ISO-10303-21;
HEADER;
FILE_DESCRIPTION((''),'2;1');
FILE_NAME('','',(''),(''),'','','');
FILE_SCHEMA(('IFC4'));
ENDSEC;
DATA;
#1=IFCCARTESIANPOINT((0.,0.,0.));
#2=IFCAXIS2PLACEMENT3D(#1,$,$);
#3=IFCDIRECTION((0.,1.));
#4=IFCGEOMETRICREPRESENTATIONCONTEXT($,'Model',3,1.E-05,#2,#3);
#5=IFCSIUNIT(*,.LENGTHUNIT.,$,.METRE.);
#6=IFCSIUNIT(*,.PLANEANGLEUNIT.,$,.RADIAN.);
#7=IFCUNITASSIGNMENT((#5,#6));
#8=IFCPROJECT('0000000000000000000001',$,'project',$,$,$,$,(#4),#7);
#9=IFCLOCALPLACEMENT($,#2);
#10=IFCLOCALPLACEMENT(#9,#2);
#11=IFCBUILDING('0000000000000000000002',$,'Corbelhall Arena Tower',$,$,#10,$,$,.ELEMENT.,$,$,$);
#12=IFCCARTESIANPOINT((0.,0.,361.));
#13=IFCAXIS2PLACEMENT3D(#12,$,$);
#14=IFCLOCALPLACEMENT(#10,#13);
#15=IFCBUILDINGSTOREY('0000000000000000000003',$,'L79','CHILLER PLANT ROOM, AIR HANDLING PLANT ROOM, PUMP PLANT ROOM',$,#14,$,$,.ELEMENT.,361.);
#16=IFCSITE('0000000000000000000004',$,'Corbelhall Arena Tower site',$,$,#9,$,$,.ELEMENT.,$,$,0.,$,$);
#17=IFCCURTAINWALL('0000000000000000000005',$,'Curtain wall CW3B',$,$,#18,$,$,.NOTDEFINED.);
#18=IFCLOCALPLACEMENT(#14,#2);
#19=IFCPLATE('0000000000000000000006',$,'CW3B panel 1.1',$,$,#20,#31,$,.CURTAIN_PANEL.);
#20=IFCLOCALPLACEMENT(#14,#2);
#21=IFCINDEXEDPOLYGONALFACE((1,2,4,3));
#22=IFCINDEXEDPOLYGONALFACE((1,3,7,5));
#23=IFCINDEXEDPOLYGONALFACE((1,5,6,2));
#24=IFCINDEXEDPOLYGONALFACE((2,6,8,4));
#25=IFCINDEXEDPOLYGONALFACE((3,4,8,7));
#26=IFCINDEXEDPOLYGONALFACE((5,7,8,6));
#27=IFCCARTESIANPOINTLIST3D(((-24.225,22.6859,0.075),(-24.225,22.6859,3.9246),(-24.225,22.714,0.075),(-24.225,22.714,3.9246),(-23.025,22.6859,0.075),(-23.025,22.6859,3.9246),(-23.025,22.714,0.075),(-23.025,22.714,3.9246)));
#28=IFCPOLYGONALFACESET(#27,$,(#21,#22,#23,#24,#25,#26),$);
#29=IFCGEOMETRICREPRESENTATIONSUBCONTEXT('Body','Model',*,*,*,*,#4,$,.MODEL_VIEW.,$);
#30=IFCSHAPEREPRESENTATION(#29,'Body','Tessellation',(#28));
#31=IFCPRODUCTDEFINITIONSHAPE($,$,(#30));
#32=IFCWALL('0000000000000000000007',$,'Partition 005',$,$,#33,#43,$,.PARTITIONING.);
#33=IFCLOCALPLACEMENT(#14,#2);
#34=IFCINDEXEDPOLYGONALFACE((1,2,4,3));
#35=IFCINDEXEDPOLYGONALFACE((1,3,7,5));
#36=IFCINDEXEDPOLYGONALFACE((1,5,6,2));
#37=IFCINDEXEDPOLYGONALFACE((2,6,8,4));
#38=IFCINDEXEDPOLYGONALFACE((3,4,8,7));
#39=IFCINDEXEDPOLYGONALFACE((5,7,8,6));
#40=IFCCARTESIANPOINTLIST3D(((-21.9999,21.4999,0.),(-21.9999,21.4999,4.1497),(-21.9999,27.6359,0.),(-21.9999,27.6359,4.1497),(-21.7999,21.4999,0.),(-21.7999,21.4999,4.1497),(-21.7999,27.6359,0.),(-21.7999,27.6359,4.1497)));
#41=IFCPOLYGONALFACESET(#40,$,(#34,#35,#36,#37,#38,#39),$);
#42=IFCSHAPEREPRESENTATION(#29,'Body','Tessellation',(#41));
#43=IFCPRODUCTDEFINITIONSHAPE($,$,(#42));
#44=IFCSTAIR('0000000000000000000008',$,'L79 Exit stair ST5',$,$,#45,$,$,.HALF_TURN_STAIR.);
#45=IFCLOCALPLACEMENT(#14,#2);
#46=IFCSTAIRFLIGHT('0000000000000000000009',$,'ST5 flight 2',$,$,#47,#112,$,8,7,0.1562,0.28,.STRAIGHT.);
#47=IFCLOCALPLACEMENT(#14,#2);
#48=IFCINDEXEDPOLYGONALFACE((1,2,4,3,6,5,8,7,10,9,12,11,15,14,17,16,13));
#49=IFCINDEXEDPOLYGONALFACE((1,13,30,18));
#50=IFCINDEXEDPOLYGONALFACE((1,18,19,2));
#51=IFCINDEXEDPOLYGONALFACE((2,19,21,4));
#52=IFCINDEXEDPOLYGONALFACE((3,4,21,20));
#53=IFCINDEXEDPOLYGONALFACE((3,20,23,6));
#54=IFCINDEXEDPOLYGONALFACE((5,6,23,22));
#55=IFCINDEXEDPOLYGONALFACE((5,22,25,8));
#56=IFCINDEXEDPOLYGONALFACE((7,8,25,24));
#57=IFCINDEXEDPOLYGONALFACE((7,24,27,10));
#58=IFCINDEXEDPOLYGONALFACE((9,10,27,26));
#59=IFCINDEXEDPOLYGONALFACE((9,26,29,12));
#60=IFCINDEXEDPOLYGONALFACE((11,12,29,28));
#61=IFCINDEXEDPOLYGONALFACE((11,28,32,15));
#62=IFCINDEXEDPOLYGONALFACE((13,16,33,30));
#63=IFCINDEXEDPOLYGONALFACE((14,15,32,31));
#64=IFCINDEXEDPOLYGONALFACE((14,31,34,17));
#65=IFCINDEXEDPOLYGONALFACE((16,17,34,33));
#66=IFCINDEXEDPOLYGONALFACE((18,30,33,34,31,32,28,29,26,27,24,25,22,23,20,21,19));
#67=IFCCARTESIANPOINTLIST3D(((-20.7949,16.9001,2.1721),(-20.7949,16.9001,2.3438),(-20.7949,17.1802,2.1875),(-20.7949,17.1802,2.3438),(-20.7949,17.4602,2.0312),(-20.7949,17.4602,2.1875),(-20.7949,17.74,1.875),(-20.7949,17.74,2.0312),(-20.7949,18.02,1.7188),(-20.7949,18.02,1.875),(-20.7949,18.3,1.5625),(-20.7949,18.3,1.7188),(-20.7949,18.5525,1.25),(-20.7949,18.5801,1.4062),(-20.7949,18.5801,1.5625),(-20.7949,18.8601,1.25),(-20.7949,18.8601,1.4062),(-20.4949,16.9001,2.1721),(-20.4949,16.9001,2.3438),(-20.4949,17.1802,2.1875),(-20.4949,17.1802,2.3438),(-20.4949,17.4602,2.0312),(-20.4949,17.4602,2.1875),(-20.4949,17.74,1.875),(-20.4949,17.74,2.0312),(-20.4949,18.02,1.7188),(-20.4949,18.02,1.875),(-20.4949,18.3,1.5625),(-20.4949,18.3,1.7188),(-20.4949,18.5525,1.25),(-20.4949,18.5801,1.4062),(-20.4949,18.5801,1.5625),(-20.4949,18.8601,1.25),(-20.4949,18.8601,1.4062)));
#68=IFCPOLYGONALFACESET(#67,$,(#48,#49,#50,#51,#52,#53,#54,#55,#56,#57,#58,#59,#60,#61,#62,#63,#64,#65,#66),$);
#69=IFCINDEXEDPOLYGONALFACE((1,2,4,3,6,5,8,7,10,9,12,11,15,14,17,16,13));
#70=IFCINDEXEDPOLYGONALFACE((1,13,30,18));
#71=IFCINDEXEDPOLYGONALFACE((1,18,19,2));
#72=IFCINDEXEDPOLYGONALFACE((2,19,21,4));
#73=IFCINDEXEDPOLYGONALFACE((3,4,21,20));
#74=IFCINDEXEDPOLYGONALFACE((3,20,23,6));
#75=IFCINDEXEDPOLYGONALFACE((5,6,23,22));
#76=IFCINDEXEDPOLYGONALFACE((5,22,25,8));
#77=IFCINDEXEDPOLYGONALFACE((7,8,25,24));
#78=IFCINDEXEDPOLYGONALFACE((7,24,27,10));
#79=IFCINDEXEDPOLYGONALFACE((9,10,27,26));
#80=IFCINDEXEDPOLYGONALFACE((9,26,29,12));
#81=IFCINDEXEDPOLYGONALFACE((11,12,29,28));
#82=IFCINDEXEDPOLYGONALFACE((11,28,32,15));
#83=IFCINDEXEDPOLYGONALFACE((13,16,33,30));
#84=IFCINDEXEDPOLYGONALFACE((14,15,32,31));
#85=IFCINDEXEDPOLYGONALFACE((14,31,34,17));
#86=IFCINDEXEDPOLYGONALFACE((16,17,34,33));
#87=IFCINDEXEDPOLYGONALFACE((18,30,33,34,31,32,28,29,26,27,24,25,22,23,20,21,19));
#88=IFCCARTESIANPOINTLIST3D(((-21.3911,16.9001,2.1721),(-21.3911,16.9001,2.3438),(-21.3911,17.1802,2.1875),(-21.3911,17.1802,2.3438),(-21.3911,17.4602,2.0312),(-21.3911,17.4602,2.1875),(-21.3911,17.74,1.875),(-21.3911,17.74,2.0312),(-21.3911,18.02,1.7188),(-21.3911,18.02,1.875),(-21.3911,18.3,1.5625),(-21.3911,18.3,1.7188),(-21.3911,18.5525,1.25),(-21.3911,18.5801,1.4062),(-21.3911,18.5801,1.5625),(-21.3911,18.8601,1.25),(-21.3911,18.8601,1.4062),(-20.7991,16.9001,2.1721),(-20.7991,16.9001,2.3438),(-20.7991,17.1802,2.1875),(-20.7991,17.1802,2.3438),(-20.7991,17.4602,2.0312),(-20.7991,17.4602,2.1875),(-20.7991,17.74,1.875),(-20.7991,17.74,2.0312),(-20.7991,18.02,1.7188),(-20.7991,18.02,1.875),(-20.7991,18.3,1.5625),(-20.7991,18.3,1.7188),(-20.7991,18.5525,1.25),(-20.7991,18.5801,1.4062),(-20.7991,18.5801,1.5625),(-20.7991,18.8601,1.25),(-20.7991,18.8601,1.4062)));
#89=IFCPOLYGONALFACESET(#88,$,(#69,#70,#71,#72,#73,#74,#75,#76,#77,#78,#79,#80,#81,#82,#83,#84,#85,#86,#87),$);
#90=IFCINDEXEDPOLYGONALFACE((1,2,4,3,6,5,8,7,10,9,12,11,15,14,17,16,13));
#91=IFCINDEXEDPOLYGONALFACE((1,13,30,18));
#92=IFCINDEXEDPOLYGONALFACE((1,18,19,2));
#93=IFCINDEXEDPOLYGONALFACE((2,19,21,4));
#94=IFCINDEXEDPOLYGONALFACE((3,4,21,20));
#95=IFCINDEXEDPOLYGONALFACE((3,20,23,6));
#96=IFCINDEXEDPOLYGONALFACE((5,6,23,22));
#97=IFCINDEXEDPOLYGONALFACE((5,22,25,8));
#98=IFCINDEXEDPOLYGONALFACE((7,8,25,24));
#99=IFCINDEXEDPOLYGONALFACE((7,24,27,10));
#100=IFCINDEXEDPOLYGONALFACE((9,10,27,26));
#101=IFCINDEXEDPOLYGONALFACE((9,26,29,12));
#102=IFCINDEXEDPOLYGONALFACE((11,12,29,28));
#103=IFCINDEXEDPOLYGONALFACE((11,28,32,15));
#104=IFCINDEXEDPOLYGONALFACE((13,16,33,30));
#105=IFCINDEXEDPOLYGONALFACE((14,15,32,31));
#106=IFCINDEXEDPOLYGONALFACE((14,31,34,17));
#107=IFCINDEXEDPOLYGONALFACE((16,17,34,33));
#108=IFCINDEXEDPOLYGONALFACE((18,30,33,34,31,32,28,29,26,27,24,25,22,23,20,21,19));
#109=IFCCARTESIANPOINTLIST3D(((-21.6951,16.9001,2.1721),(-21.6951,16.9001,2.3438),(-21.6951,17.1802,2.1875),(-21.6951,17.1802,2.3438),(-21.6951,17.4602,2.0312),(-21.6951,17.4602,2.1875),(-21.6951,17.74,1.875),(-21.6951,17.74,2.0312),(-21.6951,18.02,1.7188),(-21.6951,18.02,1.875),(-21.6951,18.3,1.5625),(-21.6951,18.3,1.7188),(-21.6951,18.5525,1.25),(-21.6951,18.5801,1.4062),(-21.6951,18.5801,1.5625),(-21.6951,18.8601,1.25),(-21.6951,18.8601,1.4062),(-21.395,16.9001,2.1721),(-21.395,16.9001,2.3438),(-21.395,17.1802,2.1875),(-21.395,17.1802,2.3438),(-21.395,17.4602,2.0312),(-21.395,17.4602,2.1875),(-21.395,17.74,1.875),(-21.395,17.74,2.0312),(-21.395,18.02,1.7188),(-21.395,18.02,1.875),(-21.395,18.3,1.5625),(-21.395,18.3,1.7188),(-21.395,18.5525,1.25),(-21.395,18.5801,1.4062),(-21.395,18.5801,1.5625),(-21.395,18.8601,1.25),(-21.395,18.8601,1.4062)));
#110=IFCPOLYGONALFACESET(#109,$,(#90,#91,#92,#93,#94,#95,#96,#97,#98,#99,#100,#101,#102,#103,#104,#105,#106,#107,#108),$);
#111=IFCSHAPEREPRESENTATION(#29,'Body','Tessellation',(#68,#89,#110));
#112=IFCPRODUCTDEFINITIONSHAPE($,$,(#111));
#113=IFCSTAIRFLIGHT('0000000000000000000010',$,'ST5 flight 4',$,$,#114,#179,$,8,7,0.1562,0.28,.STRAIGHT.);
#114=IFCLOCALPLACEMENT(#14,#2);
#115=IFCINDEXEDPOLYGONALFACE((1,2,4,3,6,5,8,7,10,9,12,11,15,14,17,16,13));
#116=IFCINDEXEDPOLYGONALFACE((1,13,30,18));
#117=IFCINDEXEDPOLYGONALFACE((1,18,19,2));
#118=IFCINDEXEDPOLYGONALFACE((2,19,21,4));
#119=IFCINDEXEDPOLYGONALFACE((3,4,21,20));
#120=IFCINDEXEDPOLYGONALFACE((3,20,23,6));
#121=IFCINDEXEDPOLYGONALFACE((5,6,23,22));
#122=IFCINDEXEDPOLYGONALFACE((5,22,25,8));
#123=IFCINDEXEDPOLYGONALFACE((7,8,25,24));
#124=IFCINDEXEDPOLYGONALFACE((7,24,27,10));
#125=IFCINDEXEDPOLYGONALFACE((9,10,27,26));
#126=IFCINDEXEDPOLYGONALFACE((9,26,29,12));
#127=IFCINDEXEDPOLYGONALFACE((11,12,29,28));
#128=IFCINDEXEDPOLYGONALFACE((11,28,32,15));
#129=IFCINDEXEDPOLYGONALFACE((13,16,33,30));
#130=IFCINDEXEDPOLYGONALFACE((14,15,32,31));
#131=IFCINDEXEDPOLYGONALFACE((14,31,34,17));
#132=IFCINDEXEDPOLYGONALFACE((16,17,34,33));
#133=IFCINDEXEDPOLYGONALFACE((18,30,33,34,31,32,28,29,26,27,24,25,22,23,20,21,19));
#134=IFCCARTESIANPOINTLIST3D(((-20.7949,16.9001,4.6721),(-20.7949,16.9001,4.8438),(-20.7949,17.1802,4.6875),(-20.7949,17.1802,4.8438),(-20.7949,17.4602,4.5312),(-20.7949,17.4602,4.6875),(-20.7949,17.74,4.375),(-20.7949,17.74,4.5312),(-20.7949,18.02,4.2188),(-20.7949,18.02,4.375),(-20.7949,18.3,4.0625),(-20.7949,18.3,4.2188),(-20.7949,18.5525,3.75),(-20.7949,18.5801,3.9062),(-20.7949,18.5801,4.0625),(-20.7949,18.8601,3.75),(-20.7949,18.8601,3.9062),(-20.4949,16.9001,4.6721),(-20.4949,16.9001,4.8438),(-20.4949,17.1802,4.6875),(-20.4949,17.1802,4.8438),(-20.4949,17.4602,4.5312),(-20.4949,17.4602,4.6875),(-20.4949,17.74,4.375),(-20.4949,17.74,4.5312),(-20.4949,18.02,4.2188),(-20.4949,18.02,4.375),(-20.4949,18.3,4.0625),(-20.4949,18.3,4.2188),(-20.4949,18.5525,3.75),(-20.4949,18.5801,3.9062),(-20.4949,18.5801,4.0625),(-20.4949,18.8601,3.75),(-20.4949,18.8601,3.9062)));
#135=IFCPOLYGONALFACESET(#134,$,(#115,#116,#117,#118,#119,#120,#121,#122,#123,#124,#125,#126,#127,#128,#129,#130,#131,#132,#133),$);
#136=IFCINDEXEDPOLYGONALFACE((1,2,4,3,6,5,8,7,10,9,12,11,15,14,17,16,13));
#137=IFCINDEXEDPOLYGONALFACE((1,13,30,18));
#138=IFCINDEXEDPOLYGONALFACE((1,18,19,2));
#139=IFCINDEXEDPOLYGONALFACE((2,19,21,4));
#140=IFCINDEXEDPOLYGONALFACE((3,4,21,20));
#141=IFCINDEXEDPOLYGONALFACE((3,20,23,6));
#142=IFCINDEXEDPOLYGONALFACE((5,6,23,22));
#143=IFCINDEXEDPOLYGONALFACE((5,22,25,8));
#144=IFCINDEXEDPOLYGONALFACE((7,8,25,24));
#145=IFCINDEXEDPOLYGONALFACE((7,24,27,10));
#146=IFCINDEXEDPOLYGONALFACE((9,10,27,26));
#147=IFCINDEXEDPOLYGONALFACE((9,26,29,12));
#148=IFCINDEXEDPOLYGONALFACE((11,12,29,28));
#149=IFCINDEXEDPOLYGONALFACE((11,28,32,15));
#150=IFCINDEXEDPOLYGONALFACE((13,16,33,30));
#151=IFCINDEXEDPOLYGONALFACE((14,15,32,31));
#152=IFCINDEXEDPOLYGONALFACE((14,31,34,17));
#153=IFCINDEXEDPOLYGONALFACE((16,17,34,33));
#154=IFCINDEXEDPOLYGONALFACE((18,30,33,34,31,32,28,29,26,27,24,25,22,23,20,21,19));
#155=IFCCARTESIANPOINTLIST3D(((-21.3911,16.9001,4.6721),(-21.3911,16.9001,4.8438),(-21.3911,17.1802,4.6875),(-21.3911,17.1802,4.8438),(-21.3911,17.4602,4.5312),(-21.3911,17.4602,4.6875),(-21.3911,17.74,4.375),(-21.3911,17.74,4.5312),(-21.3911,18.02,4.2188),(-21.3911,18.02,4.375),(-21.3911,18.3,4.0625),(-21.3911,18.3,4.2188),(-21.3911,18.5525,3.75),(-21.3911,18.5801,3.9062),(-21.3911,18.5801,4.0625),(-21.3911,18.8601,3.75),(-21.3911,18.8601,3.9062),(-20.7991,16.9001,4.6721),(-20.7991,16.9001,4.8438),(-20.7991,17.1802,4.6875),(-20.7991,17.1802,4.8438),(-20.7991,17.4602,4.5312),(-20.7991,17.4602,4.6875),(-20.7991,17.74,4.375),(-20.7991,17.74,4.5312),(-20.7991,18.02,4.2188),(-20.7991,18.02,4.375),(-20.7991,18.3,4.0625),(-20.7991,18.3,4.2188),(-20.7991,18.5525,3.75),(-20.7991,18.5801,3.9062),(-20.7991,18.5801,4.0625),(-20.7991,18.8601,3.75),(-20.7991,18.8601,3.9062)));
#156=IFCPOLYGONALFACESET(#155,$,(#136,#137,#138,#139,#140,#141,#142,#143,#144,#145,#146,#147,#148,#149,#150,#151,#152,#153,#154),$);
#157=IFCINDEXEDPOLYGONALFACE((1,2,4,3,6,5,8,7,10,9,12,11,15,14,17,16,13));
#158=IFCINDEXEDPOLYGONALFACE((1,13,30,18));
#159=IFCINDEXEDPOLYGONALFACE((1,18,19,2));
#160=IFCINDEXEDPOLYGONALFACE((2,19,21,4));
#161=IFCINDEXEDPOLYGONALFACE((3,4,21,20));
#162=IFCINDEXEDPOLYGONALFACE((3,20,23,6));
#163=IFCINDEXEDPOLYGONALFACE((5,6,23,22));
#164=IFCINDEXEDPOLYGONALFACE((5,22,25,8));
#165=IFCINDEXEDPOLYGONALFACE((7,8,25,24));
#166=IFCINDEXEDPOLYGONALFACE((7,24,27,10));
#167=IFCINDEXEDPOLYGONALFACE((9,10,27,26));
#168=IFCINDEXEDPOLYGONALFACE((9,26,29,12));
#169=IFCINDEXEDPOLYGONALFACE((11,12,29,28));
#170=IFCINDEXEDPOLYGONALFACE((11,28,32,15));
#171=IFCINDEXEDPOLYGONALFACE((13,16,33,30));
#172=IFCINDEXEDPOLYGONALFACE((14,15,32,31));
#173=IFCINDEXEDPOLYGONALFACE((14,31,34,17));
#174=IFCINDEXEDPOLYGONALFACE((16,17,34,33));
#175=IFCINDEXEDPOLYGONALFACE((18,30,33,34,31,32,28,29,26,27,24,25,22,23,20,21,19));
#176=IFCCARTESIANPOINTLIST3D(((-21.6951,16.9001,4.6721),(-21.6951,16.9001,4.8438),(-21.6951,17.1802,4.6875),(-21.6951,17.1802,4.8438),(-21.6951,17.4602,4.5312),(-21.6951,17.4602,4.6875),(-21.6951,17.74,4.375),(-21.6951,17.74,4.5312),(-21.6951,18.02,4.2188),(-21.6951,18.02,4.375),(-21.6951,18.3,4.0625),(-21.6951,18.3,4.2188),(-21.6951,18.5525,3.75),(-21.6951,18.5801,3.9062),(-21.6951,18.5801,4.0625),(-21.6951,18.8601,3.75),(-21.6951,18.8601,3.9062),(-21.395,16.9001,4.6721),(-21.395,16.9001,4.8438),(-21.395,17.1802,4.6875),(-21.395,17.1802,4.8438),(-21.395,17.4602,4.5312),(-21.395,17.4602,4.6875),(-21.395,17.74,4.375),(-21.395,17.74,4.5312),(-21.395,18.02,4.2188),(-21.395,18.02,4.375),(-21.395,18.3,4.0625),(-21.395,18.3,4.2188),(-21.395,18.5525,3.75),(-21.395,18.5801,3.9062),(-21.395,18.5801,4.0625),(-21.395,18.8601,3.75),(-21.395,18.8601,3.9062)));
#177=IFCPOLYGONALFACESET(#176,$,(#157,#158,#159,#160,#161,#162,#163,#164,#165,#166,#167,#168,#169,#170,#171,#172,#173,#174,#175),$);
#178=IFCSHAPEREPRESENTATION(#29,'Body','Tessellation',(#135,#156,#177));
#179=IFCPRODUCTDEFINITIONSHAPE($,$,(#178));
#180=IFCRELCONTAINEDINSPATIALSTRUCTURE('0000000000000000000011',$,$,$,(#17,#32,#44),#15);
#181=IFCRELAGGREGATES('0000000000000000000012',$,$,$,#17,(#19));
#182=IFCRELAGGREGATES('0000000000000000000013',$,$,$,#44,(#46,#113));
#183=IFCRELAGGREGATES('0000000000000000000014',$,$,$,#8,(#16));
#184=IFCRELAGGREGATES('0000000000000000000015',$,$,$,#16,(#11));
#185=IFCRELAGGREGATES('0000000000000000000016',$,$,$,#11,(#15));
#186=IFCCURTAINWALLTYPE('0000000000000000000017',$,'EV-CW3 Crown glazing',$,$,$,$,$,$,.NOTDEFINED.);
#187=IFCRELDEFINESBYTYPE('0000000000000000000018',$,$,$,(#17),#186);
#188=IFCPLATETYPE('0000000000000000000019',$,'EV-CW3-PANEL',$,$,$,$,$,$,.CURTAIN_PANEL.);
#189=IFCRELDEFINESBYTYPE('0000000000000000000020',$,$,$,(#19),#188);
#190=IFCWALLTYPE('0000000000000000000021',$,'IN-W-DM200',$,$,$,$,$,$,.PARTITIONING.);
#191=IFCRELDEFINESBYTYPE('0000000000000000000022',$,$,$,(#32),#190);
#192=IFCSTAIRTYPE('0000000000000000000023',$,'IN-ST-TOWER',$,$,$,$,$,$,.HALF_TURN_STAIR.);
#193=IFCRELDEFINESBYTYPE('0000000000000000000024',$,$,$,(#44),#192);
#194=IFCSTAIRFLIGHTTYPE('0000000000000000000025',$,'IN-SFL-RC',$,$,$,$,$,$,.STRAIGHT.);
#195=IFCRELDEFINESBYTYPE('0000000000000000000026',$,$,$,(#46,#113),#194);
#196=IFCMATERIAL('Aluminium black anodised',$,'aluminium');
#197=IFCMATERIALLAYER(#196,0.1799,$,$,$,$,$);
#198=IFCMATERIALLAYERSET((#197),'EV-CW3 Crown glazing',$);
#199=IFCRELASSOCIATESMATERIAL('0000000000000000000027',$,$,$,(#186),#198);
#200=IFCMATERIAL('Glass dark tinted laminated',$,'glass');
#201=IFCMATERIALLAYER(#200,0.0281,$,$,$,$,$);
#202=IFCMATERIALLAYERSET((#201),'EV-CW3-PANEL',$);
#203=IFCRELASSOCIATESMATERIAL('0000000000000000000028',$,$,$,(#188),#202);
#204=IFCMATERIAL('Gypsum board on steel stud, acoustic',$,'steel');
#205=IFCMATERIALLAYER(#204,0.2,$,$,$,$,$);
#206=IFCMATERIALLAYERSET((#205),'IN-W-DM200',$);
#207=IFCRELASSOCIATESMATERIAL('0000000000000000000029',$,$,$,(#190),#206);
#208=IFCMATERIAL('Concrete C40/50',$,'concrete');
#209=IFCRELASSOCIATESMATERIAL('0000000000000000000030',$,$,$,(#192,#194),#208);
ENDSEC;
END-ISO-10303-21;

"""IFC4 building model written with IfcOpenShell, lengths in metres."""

from ifc_helpers import new_model, si_unit, direction, frame, frame_2d, origin, origin_2d, place, context, subcontext, project, spatial, polyline, rectangle, outline, extrude, material, layer, layer_set, type_object, element, aggregate, save


model = new_model("IFC4")

# Units and contexts
model_context = context("Model", 3, precision=1e-05, world=origin(), true_north=direction((0.0, 1.0)))
body_context = subcontext(model_context, "Body", "Model", "MODEL_VIEW")
ifc_project = project(units=[si_unit("LENGTHUNIT", "METRE"), si_unit("PLANEANGLEUNIT", "RADIAN")], contexts=[model_context])

# Site, building, storey
site_placement = place(None, origin())
site = spatial("IfcSite", under=ifc_project, at=site_placement, Name="Corbelhall Arena Tower site", CompositionType="ELEMENT", RefElevation=0.0)
building_placement = place(site_placement, origin())
building = spatial("IfcBuilding", under=site, at=building_placement, Name="Corbelhall Arena Tower", CompositionType="ELEMENT")
storey_placement = place(building_placement, frame((0.0, 0.0, 361.0)))
storey = spatial("IfcBuildingStorey", under=building, at=storey_placement, Name="L79", Description="CHILLER PLANT ROOM, AIR HANDLING PLANT ROOM, PUMP PLANT ROOM", CompositionType="ELEMENT", Elevation=361.0)

# Shared definitions
ifc_material_1 = material(Name="Aluminium black anodised", Category="aluminium")
ifc_layer_1 = layer(ifc_material_1, 0.1799)
ifc_layer_set_1 = layer_set([ifc_layer_1], Name="EV-CW3 Crown glazing")
curtain_wall_type = type_object("IfcCurtainWallType", Name="EV-CW3 Crown glazing", PredefinedType="NOTDEFINED", material=ifc_layer_set_1)

# Curtain wall
curtain_wall_1_placement = place(storey_placement, origin())
curtain_wall_1 = element("IfcCurtainWall", 1, at=curtain_wall_1_placement, inside=storey, type_object=curtain_wall_type, Name="Curtain wall CW3B", PredefinedType="NOTDEFINED")

# Plate
ifc_material_2 = material(Name="Glass dark tinted laminated", Category="glass")
ifc_layer_2 = layer(ifc_material_2, 0.0281)
ifc_layer_set_2 = layer_set([ifc_layer_2], Name="EV-CW3-PANEL")
plate_type = type_object("IfcPlateType", Name="EV-CW3-PANEL", PredefinedType="CURTAIN_PANEL", material=ifc_layer_set_2)
plate_1_placement = place(storey_placement, frame((-23.625, 22.7, 0.075), z_axis=(0.0, 0.0, 1.0), x_axis=(-1.0, 0.0, 0.0)))
plate_1 = element("IfcPlate", 2, at=plate_1_placement, type_object=plate_type, Name="CW3B panel 1.1", PredefinedType="CURTAIN_PANEL", context=body_context, shape_type="SweptSolid", body=[
    extrude(rectangle(XDim=1.2, YDim=0.0281, at=origin_2d()), origin(), (0.0, 0.0, 1.0), 3.8496),
])
aggregate(curtain_wall_1, [plate_1])

# Wall
ifc_material_3 = material(Name="Gypsum board on steel stud, acoustic", Category="steel")
ifc_layer_3 = layer(ifc_material_3, 0.2)
ifc_layer_set_3 = layer_set([ifc_layer_3], Name="IN-W-DM200")
wall_type_1 = type_object("IfcWallType", Name="IN-W-DM200", PredefinedType="PARTITIONING", material=ifc_layer_set_3)
wall_1_placement = place(storey_placement, frame((-21.8999, 21.5, 0.0), z_axis=(0.0, 0.0, 1.0), x_axis=(0.0, 1.0, 0.0)))
element("IfcWall", 3, at=wall_1_placement, inside=storey, type_object=wall_type_1, Name="Partition 005", PredefinedType="PARTITIONING", context=body_context, shape_type="SweptSolid", body=[
    extrude(rectangle(XDim=6.136, YDim=0.2, at=frame_2d((3.0679, 0.0))), origin(), (0.0, 0.0, 1.0), 4.1497),
])

# Shared definitions
ifc_material_4 = material(Name="Concrete C40/50", Category="concrete")

# Stair, stair flights
stair_type = type_object("IfcStairType", Name="IN-ST-TOWER", PredefinedType="HALF_TURN_STAIR", material=ifc_material_4)
stair_placement = place(storey_placement, origin())
stair = element("IfcStair", 4, at=stair_placement, inside=storey, type_object=stair_type, Name="L79 Exit stair ST5", PredefinedType="HALF_TURN_STAIR")
stair_flight_type = type_object("IfcStairFlightType", Name="IN-SFL-RC", PredefinedType="STRAIGHT", material=ifc_material_4)
stair_flight_1_placement = place(storey_placement, frame((-21.095, 18.8601, 1.25), z_axis=(0.0, 0.0, 1.0), x_axis=(0.0, -1.0, 0.0)))
stair_flight_1 = element("IfcStairFlight", 5, at=stair_flight_1_placement, type_object=stair_flight_type, Name="ST5 flight 2", NumberOfRisers=8, NumberOfTreads=7, PredefinedType="STRAIGHT", RiserHeight=0.1562, TreadLength=0.28, context=body_context, shape_type="SweptSolid", body=[
    extrude(outline(polyline([(0.0, 0.0), (0.0, 0.1562), (0.28, 0.1562), (0.28, 0.3125), (0.5601, 0.3125), (0.5601, 0.4688), (0.8401, 0.4688), (0.8401, 0.625), (1.1201, 0.625), (1.1201, 0.7812), (1.3999, 0.7812), (1.3999, 0.9375), (1.6799, 0.9375), (1.6799, 1.0938), (1.96, 1.0938), (1.96, 1.25), (1.96, 0.9221), (0.3076, 0.0), (0.0, 0.0)])), frame((0.0, 0.6001, 0.0), z_axis=(0.0, -1.0, 0.0), x_axis=(1.0, 0.0, 0.0)), (0.0, 0.0, 1.0), 0.3),
    extrude(outline(polyline([(0.0, 0.0), (0.0, 0.1562), (0.28, 0.1562), (0.28, 0.3125), (0.5601, 0.3125), (0.5601, 0.4688), (0.8401, 0.4688), (0.8401, 0.625), (1.1201, 0.625), (1.1201, 0.7812), (1.3999, 0.7812), (1.3999, 0.9375), (1.6799, 0.9375), (1.6799, 1.0938), (1.96, 1.0938), (1.96, 1.25), (1.96, 0.9221), (0.3076, 0.0), (0.0, 0.0)])), frame((0.0, 0.2959, 0.0), z_axis=(0.0, -1.0, 0.0), x_axis=(1.0, 0.0, 0.0)), (0.0, 0.0, 1.0), 0.592),
    extrude(outline(polyline([(0.0, 0.0), (0.0, 0.1562), (0.28, 0.1562), (0.28, 0.3125), (0.5601, 0.3125), (0.5601, 0.4688), (0.8401, 0.4688), (0.8401, 0.625), (1.1201, 0.625), (1.1201, 0.7812), (1.3999, 0.7812), (1.3999, 0.9375), (1.6799, 0.9375), (1.6799, 1.0938), (1.96, 1.0938), (1.96, 1.25), (1.96, 0.9221), (0.3076, 0.0), (0.0, 0.0)])), frame((0.0, -0.3, 0.0), z_axis=(0.0, -1.0, 0.0), x_axis=(1.0, 0.0, 0.0)), (0.0, 0.0, 1.0), 0.3),
])
stair_flight_2_placement = place(storey_placement, frame((-21.095, 18.8601, 3.75), z_axis=(0.0, 0.0, 1.0), x_axis=(0.0, -1.0, 0.0)))
stair_flight_2 = element("IfcStairFlight", 6, at=stair_flight_2_placement, type_object=stair_flight_type, Name="ST5 flight 4", NumberOfRisers=8, NumberOfTreads=7, PredefinedType="STRAIGHT", RiserHeight=0.1562, TreadLength=0.28, context=body_context, shape_type="SweptSolid", body=[
    extrude(outline(polyline([(0.0, 0.0), (0.0, 0.1562), (0.28, 0.1562), (0.28, 0.3125), (0.5601, 0.3125), (0.5601, 0.4688), (0.8401, 0.4688), (0.8401, 0.625), (1.1201, 0.625), (1.1201, 0.7812), (1.3999, 0.7812), (1.3999, 0.9375), (1.6799, 0.9375), (1.6799, 1.0938), (1.96, 1.0938), (1.96, 1.25), (1.96, 0.9221), (0.3076, 0.0), (0.0, 0.0)])), frame((0.0, 0.6001, 0.0), z_axis=(0.0, -1.0, 0.0), x_axis=(1.0, 0.0, 0.0)), (0.0, 0.0, 1.0), 0.3),
    extrude(outline(polyline([(0.0, 0.0), (0.0, 0.1562), (0.28, 0.1562), (0.28, 0.3125), (0.5601, 0.3125), (0.5601, 0.4688), (0.8401, 0.4688), (0.8401, 0.625), (1.1201, 0.625), (1.1201, 0.7812), (1.3999, 0.7812), (1.3999, 0.9375), (1.6799, 0.9375), (1.6799, 1.0938), (1.96, 1.0938), (1.96, 1.25), (1.96, 0.9221), (0.3076, 0.0), (0.0, 0.0)])), frame((0.0, 0.2959, 0.0), z_axis=(0.0, -1.0, 0.0), x_axis=(1.0, 0.0, 0.0)), (0.0, 0.0, 1.0), 0.592),
    extrude(outline(polyline([(0.0, 0.0), (0.0, 0.1562), (0.28, 0.1562), (0.28, 0.3125), (0.5601, 0.3125), (0.5601, 0.4688), (0.8401, 0.4688), (0.8401, 0.625), (1.1201, 0.625), (1.1201, 0.7812), (1.3999, 0.7812), (1.3999, 0.9375), (1.6799, 0.9375), (1.6799, 1.0938), (1.96, 1.0938), (1.96, 1.25), (1.96, 0.9221), (0.3076, 0.0), (0.0, 0.0)])), frame((0.0, -0.3, 0.0), z_axis=(0.0, -1.0, 0.0), x_axis=(1.0, 0.0, 0.0)), (0.0, 0.0, 1.0), 0.3),
])
aggregate(stair, [stair_flight_1, stair_flight_2])

save(model, "model.ifc")
